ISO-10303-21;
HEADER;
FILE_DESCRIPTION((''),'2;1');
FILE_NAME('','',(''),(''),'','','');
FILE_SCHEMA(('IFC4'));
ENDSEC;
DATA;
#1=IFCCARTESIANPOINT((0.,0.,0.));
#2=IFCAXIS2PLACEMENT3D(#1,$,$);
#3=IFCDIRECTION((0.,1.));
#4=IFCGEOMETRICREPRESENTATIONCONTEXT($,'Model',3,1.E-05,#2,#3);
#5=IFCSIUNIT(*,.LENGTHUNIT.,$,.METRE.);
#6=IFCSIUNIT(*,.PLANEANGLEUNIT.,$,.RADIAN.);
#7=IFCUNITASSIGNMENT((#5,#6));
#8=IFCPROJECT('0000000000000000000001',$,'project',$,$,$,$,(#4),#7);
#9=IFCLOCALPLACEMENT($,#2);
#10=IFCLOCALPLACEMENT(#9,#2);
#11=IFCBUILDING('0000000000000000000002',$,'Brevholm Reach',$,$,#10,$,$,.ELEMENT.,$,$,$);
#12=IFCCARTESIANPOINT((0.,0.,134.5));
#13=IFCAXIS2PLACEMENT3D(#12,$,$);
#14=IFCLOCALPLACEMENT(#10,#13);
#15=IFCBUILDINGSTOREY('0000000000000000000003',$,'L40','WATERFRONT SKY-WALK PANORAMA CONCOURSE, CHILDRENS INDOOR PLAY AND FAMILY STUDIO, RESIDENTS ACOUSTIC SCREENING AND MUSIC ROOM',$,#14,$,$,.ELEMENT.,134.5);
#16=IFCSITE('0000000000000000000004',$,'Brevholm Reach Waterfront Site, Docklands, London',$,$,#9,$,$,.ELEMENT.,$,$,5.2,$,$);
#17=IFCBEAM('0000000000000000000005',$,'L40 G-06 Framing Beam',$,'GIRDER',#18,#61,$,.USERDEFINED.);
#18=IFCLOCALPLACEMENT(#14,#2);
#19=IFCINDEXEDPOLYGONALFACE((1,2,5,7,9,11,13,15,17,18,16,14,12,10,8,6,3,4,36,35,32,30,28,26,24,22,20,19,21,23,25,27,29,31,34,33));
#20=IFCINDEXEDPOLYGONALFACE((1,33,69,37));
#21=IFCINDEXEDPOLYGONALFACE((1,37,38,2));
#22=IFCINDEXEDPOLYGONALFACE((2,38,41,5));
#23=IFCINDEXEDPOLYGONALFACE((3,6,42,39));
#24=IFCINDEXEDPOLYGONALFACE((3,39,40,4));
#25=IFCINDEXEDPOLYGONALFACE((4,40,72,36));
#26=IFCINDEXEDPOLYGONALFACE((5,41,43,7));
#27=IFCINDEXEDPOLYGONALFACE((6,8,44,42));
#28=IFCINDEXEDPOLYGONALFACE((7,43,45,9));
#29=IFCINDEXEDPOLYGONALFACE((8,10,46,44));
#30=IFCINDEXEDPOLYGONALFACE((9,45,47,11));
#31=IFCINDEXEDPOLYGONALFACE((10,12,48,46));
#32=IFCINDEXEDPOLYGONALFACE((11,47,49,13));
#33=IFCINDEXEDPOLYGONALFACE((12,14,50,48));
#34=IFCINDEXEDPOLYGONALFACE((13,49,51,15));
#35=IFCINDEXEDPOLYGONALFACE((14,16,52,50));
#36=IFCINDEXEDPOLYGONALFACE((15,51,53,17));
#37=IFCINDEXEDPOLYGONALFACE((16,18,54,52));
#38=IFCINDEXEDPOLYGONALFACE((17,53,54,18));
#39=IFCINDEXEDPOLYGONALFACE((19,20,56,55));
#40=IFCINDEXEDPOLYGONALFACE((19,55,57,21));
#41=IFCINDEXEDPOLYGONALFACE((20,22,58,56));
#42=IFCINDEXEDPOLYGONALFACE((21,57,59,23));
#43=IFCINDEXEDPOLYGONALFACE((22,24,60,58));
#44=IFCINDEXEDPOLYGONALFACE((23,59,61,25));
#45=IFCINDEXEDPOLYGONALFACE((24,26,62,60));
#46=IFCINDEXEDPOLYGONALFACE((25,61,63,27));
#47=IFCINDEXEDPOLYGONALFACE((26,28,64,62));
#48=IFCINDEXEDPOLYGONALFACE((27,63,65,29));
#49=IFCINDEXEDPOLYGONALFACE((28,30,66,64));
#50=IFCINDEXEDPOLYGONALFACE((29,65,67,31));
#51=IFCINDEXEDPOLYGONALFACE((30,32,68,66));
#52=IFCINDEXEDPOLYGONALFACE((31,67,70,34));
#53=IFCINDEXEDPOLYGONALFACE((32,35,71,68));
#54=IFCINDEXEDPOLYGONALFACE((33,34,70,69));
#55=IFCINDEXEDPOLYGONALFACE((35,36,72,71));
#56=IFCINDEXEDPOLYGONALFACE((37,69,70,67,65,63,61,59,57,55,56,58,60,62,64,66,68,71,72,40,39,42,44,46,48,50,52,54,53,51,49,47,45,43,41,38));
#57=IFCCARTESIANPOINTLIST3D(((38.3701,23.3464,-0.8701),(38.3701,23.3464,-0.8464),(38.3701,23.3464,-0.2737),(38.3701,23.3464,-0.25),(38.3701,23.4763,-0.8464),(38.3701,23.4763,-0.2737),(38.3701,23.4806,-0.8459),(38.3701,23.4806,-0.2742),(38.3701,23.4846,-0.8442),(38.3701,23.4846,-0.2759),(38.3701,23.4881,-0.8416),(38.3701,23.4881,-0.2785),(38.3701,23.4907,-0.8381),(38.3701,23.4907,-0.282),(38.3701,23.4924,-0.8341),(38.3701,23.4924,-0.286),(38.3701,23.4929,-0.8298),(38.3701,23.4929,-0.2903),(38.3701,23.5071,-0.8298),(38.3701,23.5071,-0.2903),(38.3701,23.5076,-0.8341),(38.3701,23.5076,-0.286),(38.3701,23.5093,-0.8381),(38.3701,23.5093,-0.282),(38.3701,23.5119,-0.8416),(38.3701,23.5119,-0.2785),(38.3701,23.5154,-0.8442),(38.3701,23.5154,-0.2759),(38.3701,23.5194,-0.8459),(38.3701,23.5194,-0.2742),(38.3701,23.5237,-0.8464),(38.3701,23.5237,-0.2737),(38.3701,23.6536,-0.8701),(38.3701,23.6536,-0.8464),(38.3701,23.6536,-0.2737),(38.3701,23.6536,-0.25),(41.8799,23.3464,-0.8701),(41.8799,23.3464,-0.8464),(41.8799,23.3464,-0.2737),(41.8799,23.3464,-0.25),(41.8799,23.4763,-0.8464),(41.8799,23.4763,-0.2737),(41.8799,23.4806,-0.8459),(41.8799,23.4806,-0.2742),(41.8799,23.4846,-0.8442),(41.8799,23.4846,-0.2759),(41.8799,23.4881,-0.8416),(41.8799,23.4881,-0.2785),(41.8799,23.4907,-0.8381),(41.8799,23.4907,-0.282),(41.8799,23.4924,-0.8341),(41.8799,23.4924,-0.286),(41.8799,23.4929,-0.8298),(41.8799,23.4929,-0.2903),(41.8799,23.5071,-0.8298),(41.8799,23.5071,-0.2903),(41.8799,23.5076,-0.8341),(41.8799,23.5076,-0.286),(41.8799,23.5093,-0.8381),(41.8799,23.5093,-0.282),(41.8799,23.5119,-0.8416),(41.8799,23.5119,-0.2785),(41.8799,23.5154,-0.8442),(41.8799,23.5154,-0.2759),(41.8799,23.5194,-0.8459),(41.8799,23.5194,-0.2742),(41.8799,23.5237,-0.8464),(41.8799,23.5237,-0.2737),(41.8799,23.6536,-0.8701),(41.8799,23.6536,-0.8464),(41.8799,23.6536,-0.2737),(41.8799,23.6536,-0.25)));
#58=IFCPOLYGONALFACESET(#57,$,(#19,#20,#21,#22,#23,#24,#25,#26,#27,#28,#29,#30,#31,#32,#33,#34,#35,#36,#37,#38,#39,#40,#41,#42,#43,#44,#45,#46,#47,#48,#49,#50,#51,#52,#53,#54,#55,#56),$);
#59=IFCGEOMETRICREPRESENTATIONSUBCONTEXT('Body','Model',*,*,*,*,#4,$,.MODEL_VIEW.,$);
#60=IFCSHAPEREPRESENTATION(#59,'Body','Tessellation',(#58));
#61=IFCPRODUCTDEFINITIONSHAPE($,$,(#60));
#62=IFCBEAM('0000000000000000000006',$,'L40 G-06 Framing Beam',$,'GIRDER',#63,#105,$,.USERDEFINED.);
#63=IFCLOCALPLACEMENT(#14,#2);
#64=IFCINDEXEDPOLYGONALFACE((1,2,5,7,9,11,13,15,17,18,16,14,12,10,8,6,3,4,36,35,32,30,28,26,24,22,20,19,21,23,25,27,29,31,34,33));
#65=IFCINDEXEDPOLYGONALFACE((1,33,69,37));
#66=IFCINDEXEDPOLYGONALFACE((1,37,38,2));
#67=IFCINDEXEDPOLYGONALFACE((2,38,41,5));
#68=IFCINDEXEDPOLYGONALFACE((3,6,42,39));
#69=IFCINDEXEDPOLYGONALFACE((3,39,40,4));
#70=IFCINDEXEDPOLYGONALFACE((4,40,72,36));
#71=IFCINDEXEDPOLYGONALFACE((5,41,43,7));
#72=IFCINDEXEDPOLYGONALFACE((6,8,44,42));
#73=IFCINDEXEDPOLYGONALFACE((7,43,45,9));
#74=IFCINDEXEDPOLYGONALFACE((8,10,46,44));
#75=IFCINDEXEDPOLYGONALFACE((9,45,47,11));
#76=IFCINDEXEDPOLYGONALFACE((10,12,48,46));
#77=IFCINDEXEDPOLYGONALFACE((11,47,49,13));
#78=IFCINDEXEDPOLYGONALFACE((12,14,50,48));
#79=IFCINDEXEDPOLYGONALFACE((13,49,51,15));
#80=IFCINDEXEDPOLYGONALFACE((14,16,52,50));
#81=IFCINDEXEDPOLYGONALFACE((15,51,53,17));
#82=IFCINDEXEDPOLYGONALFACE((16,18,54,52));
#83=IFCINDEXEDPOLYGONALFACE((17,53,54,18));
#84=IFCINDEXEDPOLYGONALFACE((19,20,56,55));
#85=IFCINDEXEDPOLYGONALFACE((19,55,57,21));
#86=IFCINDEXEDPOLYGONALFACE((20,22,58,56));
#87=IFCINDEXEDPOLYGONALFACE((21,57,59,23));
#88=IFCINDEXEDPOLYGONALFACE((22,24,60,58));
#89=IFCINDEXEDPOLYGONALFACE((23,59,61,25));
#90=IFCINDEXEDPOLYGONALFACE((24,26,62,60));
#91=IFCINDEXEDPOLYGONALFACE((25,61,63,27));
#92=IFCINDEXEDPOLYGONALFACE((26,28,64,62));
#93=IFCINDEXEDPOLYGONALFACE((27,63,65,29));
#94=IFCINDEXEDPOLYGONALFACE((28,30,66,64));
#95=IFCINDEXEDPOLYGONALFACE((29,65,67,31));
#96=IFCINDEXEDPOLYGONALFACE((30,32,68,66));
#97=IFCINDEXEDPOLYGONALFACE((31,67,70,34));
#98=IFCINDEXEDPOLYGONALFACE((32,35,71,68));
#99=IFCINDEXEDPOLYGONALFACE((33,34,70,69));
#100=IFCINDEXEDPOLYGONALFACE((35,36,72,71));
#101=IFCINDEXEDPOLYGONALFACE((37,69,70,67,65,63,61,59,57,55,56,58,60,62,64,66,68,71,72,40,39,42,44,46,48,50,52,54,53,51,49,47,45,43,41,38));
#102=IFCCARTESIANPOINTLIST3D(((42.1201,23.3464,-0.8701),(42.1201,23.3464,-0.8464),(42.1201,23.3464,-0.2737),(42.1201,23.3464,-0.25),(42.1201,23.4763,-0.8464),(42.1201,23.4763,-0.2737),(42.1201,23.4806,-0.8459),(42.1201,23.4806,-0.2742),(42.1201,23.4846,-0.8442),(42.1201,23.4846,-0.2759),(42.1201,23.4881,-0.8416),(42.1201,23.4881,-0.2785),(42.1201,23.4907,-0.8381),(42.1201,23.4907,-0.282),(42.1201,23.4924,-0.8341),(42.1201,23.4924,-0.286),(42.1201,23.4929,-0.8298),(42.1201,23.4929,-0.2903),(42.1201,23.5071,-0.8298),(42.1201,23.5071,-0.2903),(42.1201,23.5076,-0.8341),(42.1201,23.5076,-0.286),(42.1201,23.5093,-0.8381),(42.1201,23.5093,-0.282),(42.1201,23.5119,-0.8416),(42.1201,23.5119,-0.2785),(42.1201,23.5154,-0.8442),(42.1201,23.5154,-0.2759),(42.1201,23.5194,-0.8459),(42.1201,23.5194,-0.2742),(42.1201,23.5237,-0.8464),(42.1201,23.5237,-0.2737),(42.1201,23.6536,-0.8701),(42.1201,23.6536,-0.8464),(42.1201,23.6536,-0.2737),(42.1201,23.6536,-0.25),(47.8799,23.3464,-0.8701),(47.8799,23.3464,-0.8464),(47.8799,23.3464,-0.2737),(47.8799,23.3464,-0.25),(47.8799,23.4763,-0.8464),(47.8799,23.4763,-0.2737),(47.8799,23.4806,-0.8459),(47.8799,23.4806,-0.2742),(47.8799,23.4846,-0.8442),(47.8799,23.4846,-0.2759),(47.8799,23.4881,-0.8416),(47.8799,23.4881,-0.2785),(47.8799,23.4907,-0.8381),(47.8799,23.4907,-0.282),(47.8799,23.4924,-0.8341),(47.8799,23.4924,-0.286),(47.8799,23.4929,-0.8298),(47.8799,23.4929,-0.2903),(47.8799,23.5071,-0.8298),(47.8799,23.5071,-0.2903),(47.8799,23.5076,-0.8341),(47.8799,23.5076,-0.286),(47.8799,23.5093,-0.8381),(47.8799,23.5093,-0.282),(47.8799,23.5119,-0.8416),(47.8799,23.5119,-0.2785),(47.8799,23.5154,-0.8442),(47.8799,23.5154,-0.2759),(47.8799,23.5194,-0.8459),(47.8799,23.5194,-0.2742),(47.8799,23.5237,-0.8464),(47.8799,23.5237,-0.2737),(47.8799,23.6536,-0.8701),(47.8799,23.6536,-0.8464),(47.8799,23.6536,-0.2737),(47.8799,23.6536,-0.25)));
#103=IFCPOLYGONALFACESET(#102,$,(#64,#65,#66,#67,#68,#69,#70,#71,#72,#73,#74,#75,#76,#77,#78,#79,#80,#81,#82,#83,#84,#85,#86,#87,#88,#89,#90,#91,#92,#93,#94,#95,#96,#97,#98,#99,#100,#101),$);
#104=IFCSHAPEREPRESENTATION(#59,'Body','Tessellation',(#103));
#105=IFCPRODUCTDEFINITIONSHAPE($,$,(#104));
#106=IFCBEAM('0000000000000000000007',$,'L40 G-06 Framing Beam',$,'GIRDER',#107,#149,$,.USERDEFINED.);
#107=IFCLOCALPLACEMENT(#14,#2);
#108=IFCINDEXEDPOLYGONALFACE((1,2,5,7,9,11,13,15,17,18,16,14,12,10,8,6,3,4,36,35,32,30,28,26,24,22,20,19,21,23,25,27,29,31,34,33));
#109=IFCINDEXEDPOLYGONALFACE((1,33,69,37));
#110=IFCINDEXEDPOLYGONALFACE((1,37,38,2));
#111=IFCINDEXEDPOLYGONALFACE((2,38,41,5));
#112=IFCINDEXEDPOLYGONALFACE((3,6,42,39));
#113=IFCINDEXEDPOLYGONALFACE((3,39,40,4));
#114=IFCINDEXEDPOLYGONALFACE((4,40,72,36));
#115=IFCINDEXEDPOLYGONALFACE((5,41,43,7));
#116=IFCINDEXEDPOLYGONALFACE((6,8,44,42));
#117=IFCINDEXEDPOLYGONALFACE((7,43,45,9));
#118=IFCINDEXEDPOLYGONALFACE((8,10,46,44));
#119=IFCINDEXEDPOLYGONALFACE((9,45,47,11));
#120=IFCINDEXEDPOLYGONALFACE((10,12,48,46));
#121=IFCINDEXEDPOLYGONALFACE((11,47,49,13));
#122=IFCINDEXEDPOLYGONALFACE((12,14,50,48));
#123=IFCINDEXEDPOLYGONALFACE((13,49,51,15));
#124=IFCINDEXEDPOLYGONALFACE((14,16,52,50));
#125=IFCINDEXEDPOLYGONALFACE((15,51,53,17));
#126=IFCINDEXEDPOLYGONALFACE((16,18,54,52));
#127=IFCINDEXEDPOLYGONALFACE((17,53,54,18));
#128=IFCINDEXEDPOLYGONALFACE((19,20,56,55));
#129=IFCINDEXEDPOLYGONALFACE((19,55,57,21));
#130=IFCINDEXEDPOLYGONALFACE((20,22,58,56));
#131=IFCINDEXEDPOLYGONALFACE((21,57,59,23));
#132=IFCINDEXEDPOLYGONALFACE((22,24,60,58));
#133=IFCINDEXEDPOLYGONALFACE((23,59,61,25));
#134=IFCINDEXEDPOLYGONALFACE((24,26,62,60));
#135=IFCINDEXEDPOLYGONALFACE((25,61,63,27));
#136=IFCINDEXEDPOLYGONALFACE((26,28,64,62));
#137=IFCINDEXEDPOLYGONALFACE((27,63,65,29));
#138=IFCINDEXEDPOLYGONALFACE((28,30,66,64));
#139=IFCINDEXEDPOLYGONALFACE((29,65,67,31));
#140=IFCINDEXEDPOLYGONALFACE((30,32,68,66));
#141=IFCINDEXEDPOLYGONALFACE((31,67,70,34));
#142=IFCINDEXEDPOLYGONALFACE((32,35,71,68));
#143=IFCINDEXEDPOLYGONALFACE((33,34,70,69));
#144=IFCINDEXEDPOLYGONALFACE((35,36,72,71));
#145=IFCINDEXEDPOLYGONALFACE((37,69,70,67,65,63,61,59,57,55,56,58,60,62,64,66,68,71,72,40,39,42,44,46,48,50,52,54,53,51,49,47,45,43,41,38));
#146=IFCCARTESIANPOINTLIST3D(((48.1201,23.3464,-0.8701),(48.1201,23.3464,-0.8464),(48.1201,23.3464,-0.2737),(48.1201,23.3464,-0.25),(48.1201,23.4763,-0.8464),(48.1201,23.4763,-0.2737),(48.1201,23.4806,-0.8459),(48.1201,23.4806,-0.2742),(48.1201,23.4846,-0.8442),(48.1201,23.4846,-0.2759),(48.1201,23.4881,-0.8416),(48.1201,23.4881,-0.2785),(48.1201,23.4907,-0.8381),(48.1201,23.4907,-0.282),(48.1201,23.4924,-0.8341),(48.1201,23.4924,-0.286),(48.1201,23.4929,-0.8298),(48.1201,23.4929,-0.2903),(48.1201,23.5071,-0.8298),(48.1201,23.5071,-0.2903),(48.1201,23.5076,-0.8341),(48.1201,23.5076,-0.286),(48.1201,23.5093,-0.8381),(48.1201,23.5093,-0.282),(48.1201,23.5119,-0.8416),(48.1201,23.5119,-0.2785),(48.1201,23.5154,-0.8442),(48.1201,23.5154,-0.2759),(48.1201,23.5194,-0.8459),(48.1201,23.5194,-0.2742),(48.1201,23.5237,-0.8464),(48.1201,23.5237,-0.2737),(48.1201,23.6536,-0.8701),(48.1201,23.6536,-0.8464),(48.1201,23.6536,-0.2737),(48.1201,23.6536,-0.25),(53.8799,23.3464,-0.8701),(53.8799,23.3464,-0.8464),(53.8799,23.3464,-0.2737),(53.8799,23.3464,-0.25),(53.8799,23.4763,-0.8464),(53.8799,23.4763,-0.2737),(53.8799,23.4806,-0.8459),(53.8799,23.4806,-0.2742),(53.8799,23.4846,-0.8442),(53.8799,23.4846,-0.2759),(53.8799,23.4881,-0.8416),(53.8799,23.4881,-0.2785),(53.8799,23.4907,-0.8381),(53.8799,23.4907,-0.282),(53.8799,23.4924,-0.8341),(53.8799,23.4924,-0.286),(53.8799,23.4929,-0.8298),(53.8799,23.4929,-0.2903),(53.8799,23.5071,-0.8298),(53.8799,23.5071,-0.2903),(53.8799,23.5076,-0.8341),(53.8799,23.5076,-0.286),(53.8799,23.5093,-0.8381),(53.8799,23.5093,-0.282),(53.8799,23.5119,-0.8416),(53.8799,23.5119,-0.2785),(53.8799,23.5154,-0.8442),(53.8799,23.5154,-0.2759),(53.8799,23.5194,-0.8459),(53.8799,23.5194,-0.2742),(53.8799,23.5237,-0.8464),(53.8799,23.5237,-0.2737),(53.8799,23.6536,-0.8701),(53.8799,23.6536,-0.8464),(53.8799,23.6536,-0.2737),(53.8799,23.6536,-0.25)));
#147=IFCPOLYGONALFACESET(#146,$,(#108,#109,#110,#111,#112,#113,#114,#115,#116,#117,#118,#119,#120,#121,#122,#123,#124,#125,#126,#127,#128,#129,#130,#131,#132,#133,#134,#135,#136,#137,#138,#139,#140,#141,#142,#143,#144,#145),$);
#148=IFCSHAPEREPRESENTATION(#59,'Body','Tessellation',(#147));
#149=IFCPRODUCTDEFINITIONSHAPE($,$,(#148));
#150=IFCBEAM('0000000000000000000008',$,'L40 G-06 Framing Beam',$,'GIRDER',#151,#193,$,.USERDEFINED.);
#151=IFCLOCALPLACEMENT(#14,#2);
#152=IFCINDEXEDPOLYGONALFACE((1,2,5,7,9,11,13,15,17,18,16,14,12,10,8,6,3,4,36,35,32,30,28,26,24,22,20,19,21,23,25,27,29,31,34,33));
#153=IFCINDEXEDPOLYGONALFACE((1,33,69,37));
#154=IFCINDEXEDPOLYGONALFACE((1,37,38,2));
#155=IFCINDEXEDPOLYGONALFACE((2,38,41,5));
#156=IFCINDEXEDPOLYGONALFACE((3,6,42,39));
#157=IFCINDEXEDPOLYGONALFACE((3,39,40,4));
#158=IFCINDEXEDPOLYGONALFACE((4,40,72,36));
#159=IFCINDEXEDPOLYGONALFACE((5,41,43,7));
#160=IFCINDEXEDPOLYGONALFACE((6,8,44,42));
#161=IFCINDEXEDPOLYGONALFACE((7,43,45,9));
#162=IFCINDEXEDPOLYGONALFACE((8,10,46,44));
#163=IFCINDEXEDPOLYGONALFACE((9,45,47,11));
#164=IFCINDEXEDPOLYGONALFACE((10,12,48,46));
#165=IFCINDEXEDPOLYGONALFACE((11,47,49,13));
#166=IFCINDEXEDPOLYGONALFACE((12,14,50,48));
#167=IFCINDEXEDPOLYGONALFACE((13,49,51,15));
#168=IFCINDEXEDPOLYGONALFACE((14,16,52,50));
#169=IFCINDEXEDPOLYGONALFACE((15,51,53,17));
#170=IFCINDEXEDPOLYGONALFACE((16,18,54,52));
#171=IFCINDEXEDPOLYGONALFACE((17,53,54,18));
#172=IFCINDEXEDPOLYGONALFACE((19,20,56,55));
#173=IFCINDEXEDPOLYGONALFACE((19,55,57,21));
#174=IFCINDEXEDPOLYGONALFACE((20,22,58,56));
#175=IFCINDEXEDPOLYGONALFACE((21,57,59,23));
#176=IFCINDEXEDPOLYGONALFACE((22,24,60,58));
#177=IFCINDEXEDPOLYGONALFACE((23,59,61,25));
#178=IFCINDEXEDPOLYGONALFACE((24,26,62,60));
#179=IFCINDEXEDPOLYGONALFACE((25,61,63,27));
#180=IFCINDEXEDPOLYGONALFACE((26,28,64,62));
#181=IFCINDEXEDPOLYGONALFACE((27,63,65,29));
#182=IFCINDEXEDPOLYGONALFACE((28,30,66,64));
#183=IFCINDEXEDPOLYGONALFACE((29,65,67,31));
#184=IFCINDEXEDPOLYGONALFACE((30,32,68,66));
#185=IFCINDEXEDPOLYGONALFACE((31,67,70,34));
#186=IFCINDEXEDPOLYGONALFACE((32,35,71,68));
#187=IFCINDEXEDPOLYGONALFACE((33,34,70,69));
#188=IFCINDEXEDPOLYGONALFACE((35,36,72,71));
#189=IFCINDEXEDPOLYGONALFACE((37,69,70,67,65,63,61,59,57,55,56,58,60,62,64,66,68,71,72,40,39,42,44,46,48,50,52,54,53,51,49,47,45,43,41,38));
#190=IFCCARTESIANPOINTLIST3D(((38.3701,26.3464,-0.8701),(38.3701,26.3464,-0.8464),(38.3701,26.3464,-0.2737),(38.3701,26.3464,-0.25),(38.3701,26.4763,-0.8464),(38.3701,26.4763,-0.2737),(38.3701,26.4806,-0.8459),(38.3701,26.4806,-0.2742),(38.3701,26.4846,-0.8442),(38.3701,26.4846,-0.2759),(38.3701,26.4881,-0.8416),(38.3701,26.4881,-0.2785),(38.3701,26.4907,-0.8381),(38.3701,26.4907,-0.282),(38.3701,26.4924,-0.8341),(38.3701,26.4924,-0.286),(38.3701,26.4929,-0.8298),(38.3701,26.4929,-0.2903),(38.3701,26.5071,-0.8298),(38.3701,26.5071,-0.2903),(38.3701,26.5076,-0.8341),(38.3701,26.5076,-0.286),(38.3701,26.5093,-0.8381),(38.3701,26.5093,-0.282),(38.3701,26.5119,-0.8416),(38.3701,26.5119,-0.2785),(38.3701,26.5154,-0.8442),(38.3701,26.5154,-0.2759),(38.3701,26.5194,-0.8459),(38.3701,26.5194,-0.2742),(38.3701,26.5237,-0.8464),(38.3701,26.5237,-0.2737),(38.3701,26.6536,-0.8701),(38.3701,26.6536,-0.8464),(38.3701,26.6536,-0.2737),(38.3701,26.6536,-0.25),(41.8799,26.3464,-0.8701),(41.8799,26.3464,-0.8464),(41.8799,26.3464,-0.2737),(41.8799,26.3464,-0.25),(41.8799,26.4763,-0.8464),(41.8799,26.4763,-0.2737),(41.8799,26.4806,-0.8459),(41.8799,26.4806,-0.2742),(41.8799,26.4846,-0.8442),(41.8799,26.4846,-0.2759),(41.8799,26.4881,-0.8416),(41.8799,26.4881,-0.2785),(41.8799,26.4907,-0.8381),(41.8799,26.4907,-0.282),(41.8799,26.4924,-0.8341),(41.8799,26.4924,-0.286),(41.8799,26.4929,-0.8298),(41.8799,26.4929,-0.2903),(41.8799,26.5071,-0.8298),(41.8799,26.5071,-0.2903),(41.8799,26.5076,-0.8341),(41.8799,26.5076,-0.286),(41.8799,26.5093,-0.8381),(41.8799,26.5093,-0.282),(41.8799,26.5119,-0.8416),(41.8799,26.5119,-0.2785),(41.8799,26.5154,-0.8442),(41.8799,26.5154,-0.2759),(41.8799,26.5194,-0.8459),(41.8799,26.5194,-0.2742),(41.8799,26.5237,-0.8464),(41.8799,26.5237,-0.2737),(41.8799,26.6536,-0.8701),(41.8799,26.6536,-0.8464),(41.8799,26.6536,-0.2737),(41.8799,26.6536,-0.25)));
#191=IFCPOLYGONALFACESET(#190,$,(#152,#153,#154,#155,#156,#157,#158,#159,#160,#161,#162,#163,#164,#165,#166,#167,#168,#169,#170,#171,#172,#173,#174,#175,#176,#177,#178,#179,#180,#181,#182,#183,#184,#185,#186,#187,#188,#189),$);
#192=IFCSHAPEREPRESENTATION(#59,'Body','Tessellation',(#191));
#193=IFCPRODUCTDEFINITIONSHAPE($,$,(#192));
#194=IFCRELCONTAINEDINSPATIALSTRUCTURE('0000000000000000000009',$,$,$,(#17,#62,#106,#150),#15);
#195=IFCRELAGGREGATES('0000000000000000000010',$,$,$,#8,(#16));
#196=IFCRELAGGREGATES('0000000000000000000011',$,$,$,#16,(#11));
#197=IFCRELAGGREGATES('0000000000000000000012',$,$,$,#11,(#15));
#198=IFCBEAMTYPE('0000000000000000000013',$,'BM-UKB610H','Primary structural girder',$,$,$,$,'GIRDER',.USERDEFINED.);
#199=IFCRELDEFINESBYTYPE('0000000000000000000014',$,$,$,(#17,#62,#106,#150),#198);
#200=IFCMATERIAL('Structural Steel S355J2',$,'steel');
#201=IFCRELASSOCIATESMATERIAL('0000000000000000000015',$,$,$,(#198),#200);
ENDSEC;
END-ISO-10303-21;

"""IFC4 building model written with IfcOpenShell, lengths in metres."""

from ifc_helpers import new_model, si_unit, direction, frame, origin, origin_2d, place, context, subcontext, project, spatial, i_section, extrude, material, material_profile, profile_set, type_object, element, save


model = new_model("IFC4")

# Units and contexts
model_context = context("Model", 3, precision=1e-05, world=origin(), true_north=direction((0.0, 1.0)))
body_context = subcontext(model_context, "Body", "Model", "MODEL_VIEW")
ifc_project = project(units=[si_unit("LENGTHUNIT", "METRE"), si_unit("PLANEANGLEUNIT", "RADIAN")], contexts=[model_context])

# Site, building, storey
site_placement = place(None, origin())
site = spatial("IfcSite", under=ifc_project, at=site_placement, Name="Brevholm Reach Waterfront Site, Docklands, London", CompositionType="ELEMENT", RefElevation=5.2)
building_placement = place(site_placement, origin())
building = spatial("IfcBuilding", under=site, at=building_placement, Name="Brevholm Reach", CompositionType="ELEMENT")
storey_placement = place(building_placement, frame((0.0, 0.0, 134.5)))
storey = spatial("IfcBuildingStorey", under=building, at=storey_placement, Name="L40", Description="WATERFRONT SKY-WALK PANORAMA CONCOURSE, CHILDRENS INDOOR PLAY AND FAMILY STUDIO, RESIDENTS ACOUSTIC SCREENING AND MUSIC ROOM", CompositionType="ELEMENT", Elevation=134.5)

# Beams
ifc_material_1 = material(Name="Structural Steel S355J2", Category="steel")
ifc_material_profile_1 = material_profile(ifc_material_1, i_section(OverallWidth=0.3071, OverallDepth=0.6201, WebThickness=0.0142, FlangeThickness=0.0237, FilletRadius=0.0166, at=origin_2d()), Name="UKB 610x305x179")
ifc_profile_set_1 = profile_set([ifc_material_profile_1], Name="Structural Steel S355J2")
beam_type_1 = type_object("IfcBeamType", Name="BM-UKB610H", Description="Primary structural girder", ElementType="GIRDER", PredefinedType="USERDEFINED", material=ifc_profile_set_1)
beam_1_placement = place(storey_placement, frame((38.3701, 23.5, -0.5601), z_axis=(1.0, 0.0, 0.0), x_axis=(0.0, 1.0, 0.0)))
element("IfcBeam", 1, at=beam_1_placement, inside=storey, type_object=beam_type_1, Name="L40 G-06 Framing Beam", ObjectType="GIRDER", PredefinedType="USERDEFINED", context=body_context, shape_type="SweptSolid", body=[
    extrude(i_section(OverallWidth=0.3071, OverallDepth=0.6201, WebThickness=0.0142, FlangeThickness=0.0237, FilletRadius=0.0166, at=origin_2d()), origin(), (0.0, 0.0, 1.0), 3.5098),
])
for number, where, z_axis, x_axis, name in (
    (2, (42.1201, 23.5, -0.5601), (1.0, 0.0, 0.0), (0.0, 1.0, 0.0), "L40 G-06 Framing Beam"),
    (3, (48.1201, 23.5, -0.5601), (1.0, 0.0, 0.0), (0.0, 1.0, 0.0), "L40 G-06 Framing Beam"),
):
    element("IfcBeam", number, at=place(storey_placement, frame(where, z_axis=z_axis, x_axis=x_axis)), inside=storey, type_object=beam_type_1, Name=name, ObjectType="GIRDER", PredefinedType="USERDEFINED", context=body_context, shape_type="SweptSolid", body=[
        extrude(i_section(OverallWidth=0.3071, OverallDepth=0.6201, WebThickness=0.0142, FlangeThickness=0.0237, FilletRadius=0.0166, at=origin_2d()), origin(), (0.0, 0.0, 1.0), 5.7598),
    ])
beam_2_placement = place(storey_placement, frame((38.3701, 26.5, -0.5601), z_axis=(1.0, 0.0, 0.0), x_axis=(0.0, 1.0, 0.0)))
element("IfcBeam", 4, at=beam_2_placement, inside=storey, type_object=beam_type_1, Name="L40 G-06 Framing Beam", ObjectType="GIRDER", PredefinedType="USERDEFINED", context=body_context, shape_type="SweptSolid", body=[
    extrude(i_section(OverallWidth=0.3071, OverallDepth=0.6201, WebThickness=0.0142, FlangeThickness=0.0237, FilletRadius=0.0166, at=origin_2d()), origin(), (0.0, 0.0, 1.0), 3.5098),
])

save(model, "model.ifc")
